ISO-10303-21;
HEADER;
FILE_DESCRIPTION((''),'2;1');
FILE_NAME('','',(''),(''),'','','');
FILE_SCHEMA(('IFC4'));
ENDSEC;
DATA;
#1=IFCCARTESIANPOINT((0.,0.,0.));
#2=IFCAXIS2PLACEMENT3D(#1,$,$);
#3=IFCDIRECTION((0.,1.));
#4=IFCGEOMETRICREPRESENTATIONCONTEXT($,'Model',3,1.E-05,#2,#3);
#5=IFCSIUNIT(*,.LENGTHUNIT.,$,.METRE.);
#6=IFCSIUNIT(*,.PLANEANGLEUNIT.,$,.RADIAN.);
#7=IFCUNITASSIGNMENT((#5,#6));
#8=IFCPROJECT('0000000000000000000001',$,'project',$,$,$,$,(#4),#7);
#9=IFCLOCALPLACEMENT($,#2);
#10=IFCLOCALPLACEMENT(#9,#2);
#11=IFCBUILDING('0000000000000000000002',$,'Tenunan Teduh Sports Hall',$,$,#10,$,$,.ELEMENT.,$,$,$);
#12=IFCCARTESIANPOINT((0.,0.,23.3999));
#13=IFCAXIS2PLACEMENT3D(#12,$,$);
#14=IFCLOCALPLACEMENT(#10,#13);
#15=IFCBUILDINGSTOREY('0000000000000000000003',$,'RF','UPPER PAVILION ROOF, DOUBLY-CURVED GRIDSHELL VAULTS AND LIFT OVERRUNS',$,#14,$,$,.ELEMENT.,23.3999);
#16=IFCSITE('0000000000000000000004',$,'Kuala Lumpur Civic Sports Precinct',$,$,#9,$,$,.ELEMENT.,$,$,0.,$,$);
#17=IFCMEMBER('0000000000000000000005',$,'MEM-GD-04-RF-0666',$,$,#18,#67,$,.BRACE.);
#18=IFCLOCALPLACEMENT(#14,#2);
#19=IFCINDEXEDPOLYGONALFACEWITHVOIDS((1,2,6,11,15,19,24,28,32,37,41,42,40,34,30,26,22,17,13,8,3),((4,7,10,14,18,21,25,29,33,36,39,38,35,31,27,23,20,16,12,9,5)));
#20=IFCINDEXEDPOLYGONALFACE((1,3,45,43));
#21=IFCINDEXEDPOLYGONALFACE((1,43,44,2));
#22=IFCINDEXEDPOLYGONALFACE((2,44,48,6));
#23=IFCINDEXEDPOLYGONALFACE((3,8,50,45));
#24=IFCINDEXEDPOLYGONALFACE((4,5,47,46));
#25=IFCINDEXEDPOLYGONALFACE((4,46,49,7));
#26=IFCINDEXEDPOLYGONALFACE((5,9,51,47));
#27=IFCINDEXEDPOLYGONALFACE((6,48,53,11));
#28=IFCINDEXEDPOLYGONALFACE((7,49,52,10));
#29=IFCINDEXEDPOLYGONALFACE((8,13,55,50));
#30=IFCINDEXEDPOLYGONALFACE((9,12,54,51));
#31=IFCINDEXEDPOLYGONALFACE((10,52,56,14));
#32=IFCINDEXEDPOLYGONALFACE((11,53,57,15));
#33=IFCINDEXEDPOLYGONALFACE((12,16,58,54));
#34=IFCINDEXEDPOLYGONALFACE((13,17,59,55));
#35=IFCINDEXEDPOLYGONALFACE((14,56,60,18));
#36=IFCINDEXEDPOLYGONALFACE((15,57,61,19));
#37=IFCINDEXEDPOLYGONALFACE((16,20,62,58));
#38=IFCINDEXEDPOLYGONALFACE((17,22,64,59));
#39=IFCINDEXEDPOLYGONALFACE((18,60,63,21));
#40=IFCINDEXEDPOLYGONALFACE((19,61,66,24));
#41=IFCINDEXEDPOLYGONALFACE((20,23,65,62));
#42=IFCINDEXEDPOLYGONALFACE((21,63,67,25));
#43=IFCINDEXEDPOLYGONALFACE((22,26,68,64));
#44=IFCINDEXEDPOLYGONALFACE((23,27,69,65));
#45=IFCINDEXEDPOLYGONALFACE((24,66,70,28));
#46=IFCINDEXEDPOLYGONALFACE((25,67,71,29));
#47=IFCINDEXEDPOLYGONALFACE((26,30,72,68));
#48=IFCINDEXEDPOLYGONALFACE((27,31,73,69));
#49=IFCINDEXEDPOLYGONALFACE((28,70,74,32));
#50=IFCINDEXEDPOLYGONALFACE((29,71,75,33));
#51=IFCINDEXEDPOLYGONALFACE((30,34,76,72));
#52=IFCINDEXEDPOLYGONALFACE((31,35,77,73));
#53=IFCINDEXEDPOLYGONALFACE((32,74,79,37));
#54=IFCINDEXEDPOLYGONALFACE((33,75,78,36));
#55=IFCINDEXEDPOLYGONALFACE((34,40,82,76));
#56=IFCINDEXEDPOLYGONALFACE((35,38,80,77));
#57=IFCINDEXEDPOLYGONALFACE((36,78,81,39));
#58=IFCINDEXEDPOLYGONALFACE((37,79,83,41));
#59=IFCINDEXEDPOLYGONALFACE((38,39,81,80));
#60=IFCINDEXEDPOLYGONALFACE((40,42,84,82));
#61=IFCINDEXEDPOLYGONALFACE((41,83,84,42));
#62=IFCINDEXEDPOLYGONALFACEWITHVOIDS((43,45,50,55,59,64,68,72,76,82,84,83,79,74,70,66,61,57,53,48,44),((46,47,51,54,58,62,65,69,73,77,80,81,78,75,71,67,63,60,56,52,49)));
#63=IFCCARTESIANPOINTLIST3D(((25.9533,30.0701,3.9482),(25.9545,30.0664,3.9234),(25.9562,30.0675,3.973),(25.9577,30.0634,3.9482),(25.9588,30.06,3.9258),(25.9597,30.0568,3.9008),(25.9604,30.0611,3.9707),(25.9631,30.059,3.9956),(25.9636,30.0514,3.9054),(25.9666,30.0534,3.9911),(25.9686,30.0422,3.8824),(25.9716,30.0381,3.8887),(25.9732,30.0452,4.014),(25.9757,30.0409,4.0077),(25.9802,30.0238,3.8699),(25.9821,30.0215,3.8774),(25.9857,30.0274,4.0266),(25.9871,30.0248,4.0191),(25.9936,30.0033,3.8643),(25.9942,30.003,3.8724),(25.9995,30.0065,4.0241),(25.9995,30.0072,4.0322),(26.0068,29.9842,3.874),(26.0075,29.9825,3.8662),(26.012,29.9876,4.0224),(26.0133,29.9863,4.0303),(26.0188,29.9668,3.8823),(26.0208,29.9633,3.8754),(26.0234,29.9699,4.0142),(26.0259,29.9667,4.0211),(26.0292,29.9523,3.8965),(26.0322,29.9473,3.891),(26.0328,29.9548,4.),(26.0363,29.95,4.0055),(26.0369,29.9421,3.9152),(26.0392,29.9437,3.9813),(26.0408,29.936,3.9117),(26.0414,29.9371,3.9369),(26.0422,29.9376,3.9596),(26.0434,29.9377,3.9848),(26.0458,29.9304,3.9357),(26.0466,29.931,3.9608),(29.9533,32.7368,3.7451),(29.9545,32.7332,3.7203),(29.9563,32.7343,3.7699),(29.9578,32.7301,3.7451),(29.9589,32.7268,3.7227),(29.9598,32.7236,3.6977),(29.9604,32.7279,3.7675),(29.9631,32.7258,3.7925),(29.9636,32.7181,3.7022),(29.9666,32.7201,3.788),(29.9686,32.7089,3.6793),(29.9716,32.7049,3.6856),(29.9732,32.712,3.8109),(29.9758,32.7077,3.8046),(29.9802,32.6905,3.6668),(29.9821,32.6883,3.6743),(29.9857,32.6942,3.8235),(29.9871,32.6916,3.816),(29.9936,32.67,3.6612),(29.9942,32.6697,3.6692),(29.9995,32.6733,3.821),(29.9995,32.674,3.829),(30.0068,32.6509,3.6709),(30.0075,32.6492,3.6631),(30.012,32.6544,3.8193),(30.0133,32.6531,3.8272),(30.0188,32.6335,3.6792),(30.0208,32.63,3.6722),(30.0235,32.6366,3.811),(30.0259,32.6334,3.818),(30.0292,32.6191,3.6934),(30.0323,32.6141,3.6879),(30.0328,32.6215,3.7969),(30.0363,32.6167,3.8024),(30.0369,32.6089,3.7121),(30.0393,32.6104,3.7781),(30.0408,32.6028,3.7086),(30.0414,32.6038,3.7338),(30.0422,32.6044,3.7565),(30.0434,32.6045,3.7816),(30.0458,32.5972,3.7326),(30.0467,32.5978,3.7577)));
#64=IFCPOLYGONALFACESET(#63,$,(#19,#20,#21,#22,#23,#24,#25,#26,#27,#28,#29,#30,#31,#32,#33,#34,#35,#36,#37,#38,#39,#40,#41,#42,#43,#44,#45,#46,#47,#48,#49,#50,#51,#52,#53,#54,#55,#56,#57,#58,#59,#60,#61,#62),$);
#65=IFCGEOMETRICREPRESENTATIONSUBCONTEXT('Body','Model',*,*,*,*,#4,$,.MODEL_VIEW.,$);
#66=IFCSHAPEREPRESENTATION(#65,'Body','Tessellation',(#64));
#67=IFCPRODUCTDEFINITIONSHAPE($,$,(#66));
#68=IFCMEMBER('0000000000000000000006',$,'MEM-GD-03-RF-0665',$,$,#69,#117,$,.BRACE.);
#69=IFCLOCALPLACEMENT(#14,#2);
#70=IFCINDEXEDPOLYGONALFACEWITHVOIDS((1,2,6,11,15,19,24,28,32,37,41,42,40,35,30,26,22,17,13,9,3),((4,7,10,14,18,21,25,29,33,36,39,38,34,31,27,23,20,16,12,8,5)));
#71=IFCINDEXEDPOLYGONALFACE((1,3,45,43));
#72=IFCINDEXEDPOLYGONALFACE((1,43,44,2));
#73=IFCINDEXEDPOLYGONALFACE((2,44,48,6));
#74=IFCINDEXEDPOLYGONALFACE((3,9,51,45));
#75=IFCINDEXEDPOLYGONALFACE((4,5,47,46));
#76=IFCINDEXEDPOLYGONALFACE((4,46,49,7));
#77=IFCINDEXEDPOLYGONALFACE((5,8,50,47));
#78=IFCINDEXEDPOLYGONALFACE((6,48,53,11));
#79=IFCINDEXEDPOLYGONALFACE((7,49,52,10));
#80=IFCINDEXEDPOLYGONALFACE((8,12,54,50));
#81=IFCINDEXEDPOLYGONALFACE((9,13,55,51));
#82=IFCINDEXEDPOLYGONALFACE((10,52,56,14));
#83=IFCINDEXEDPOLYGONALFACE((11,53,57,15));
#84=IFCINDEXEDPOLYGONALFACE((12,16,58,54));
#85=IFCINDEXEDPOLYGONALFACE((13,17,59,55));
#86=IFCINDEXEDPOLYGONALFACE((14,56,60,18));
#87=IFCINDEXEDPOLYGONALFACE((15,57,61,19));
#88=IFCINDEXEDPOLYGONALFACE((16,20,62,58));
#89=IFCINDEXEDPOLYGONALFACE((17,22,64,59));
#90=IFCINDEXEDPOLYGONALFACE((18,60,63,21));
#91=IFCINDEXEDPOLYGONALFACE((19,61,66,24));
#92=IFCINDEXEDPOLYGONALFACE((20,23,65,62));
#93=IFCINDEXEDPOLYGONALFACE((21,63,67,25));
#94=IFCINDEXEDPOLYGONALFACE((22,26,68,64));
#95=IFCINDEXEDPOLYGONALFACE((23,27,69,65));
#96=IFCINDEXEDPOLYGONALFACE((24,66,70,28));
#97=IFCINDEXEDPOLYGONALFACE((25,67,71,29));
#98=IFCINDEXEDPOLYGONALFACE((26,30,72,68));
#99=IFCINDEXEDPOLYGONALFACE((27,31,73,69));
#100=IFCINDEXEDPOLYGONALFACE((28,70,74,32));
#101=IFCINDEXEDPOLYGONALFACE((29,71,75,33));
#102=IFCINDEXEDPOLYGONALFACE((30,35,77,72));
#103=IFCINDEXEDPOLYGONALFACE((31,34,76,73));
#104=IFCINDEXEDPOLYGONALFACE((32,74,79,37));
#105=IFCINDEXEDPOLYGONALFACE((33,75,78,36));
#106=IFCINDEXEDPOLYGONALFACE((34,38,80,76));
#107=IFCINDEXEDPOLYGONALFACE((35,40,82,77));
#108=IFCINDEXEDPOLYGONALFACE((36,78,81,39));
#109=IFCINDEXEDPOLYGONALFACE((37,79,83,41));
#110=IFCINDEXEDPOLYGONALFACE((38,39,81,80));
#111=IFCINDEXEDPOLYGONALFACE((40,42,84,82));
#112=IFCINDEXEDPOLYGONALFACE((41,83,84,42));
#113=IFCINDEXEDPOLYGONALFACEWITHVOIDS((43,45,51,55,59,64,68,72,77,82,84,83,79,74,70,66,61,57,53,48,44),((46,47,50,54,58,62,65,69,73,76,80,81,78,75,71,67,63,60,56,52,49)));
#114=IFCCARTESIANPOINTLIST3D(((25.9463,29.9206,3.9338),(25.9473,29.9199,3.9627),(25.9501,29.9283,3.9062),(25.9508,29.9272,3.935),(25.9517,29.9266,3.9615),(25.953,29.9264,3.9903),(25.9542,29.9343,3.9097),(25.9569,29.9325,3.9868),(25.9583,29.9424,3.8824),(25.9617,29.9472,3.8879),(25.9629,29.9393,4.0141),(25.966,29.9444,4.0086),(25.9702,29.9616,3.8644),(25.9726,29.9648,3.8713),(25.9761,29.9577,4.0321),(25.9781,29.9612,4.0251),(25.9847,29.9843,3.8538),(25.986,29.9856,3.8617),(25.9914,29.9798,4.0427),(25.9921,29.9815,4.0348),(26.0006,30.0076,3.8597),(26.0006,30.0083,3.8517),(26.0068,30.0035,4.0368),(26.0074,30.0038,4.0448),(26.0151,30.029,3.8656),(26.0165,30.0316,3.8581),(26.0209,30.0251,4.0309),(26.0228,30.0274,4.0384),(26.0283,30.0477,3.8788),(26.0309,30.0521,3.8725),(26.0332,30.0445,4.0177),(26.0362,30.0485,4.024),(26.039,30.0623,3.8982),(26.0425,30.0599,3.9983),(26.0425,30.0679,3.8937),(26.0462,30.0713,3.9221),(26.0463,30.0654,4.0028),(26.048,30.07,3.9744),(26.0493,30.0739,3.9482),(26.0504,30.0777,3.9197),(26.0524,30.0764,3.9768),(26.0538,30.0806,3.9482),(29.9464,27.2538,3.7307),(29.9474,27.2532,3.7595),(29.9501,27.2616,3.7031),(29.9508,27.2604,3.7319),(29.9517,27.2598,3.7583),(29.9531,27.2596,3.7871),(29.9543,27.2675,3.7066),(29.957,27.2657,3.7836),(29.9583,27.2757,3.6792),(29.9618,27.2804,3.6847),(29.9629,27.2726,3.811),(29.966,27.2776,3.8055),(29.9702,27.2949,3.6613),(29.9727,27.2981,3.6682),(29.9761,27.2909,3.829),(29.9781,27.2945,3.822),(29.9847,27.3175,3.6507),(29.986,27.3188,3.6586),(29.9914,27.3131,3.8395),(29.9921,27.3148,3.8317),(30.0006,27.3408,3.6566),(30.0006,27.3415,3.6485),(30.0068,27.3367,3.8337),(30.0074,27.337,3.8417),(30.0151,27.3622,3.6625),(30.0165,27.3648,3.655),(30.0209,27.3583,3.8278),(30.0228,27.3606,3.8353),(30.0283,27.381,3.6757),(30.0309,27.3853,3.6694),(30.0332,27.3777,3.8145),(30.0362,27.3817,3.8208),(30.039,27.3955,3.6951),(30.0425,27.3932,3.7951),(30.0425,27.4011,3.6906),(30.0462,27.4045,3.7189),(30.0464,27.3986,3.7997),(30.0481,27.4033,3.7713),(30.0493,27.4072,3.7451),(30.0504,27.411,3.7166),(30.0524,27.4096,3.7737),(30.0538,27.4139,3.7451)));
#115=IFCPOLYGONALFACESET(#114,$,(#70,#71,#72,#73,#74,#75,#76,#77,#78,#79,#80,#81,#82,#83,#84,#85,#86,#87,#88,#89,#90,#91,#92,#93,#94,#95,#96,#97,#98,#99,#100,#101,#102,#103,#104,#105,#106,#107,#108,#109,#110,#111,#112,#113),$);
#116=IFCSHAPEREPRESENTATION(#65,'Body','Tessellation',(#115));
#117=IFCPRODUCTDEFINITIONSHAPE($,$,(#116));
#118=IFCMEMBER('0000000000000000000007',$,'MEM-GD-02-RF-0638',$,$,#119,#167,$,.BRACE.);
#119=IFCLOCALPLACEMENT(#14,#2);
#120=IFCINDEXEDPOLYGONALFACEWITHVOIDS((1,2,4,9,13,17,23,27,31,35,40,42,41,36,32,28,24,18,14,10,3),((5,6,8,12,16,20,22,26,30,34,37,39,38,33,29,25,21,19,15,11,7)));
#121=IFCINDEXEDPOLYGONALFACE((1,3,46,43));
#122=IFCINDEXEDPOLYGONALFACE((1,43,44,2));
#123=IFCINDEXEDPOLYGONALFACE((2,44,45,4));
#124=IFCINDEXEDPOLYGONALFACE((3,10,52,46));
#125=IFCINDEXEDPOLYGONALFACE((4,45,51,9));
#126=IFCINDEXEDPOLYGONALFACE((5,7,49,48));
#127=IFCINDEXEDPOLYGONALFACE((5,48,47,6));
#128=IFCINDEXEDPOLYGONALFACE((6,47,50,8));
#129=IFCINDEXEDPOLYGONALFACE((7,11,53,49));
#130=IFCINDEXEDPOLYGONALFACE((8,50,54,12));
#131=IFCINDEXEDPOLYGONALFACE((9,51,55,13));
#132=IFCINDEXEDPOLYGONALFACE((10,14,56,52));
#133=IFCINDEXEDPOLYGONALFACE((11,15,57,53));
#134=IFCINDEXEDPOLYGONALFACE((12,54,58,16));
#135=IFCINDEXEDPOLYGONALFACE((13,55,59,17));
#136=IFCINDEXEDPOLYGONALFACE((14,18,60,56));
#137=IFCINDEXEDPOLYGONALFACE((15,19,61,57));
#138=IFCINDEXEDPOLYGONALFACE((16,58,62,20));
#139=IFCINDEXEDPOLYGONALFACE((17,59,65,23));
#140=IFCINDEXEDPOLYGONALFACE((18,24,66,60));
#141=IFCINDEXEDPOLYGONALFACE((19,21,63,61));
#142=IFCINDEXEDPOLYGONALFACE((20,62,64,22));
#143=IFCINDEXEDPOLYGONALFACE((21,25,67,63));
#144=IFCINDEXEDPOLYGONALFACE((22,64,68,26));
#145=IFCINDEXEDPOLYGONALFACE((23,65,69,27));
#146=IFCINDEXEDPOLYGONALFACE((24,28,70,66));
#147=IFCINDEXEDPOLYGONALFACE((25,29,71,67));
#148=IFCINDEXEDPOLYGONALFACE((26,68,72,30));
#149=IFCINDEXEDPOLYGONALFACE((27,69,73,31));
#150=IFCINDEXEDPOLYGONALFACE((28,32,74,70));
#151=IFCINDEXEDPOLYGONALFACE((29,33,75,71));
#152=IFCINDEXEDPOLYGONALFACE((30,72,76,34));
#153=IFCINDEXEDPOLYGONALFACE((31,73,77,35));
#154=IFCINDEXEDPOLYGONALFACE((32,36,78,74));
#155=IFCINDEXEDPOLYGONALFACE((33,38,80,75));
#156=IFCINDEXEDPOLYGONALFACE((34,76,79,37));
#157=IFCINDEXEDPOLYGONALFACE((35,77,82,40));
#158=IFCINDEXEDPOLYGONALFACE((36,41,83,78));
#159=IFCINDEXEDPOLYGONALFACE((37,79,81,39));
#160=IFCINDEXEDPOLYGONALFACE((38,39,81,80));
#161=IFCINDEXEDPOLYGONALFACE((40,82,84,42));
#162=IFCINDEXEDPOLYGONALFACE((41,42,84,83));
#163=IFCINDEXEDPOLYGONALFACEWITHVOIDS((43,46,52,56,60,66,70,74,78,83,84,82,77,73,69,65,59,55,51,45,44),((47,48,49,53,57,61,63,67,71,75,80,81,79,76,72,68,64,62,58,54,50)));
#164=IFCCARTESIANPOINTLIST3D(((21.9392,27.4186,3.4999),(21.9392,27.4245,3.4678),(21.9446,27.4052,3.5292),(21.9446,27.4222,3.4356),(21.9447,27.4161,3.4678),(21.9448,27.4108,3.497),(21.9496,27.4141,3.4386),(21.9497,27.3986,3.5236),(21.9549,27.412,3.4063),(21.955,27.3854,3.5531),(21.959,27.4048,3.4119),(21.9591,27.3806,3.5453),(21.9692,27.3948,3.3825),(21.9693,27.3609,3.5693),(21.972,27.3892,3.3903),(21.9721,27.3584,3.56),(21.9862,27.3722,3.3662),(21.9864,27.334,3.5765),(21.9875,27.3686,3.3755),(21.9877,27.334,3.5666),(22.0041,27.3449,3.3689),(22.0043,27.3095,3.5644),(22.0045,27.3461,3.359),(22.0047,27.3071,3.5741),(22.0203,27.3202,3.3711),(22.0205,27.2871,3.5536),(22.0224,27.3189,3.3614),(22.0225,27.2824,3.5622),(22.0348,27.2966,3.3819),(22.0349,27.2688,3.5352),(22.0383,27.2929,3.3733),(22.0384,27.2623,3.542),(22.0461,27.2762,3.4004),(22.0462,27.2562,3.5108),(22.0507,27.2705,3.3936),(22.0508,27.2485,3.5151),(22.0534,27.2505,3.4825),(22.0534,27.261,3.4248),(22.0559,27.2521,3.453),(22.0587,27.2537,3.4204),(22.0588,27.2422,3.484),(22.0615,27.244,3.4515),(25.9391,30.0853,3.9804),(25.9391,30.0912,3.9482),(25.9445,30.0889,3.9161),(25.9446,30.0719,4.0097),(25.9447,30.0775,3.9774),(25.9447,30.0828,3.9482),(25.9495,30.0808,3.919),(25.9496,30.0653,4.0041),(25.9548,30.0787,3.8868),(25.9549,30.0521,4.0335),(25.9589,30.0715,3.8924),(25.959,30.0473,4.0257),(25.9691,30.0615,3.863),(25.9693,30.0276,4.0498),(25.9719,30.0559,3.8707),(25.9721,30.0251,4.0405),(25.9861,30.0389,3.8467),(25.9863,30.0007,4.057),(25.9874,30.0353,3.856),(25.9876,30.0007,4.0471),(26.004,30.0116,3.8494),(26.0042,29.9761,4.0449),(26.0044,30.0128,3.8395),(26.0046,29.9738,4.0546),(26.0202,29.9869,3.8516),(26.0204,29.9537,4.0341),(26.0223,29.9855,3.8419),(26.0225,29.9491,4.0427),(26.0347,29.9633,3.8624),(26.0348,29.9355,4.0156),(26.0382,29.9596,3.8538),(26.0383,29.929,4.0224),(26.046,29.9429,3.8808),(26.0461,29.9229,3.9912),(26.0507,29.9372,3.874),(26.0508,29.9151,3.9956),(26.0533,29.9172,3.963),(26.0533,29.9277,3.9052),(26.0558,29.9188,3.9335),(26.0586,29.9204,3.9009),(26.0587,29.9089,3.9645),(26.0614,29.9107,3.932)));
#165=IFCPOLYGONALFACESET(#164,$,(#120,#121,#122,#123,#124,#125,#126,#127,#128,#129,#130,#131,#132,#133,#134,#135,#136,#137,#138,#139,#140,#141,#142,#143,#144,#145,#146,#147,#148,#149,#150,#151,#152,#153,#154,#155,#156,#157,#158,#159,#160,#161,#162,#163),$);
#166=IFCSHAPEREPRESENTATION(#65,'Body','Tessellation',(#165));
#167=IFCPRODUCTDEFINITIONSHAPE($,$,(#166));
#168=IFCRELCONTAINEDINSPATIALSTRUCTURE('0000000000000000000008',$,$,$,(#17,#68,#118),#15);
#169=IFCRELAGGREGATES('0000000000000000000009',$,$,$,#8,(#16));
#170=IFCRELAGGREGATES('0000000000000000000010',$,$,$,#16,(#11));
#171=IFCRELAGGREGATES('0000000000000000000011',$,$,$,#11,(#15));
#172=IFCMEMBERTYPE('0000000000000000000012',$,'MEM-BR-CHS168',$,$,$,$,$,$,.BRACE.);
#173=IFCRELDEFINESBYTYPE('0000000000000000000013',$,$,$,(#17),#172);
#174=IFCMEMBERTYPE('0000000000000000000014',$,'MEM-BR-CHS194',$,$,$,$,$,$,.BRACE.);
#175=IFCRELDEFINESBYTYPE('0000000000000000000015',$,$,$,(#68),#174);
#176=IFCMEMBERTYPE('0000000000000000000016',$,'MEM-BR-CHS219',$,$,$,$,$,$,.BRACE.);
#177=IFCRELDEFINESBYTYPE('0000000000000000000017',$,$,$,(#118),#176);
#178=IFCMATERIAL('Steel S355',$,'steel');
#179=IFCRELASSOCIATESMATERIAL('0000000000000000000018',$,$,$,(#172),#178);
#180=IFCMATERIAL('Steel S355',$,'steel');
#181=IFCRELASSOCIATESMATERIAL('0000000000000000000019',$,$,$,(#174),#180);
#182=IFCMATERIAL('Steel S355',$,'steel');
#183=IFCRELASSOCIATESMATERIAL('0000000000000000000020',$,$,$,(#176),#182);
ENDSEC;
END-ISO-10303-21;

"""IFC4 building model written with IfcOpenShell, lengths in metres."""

from ifc_helpers import new_model, si_unit, direction, frame, origin, origin_2d, place, context, subcontext, project, spatial, hollow_circle, extrude, material, material_profile, profile_set, type_object, element, save


model = new_model("IFC4")

# Units and contexts
model_context = context("Model", 3, precision=1e-05, world=origin(), true_north=direction((0.0, 1.0)))
body_context = subcontext(model_context, "Body", "Model", "MODEL_VIEW")
ifc_project = project(units=[si_unit("LENGTHUNIT", "METRE"), si_unit("PLANEANGLEUNIT", "RADIAN")], contexts=[model_context])

# Site, building, storey
site_placement = place(None, origin())
site = spatial("IfcSite", under=ifc_project, at=site_placement, Name="Kuala Lumpur Civic Sports Precinct", CompositionType="ELEMENT", RefElevation=0.0)
building_placement = place(site_placement, origin())
building = spatial("IfcBuilding", under=site, at=building_placement, Name="Tenunan Teduh Sports Hall", CompositionType="ELEMENT")
storey_placement = place(building_placement, frame((0.0, 0.0, 23.3999)))
storey = spatial("IfcBuildingStorey", under=building, at=storey_placement, Name="RF", Description="UPPER PAVILION ROOF, DOUBLY-CURVED GRIDSHELL VAULTS AND LIFT OVERRUNS", CompositionType="ELEMENT", Elevation=23.3999)

# Members
ifc_material_1 = material(Name="Steel S355", Category="steel")
ifc_material_profile_1 = material_profile(ifc_material_1, hollow_circle(Radius=0.0842, WallThickness=0.0081, at=origin_2d()), Name="CHS 168.3x8.0")
ifc_profile_set_1 = profile_set([ifc_material_profile_1], Name="Steel S355")
member_type_1 = type_object("IfcMemberType", Name="MEM-BR-CHS168", PredefinedType="BRACE", material=ifc_profile_set_1)
member_1_placement = place(storey_placement, frame((26.0, 30.0, 3.9482), z_axis=(0.831301, 0.554217, -0.042214), x_axis=(-0.554712, 0.832042, 0.0)))
element("IfcMember", 1, at=member_1_placement, inside=storey, type_object=member_type_1, Name="MEM-GD-04-RF-0666", PredefinedType="BRACE", context=body_context, shape_type="SweptSolid", body=[
    extrude(hollow_circle(Radius=0.0842, WallThickness=0.0081, at=origin_2d()), origin(), (0.0, 0.0, 1.0), 4.8118),
])
ifc_material_2 = material(Name="Steel S355", Category="steel")
ifc_material_profile_2 = material_profile(ifc_material_2, hollow_circle(Radius=0.0969, WallThickness=0.0081, at=origin_2d()), Name="CHS 193.7x8.0")
ifc_profile_set_2 = profile_set([ifc_material_profile_2], Name="Steel S355")
member_type_2 = type_object("IfcMemberType", Name="MEM-BR-CHS194", PredefinedType="BRACE", material=ifc_profile_set_2)
member_2_placement = place(storey_placement, frame((26.0, 30.0, 3.9482), z_axis=(0.831301, -0.554217, -0.042214), x_axis=(0.554712, 0.832042, 0.0)))
element("IfcMember", 2, at=member_2_placement, inside=storey, type_object=member_type_2, Name="MEM-GD-03-RF-0665", PredefinedType="BRACE", context=body_context, shape_type="SweptSolid", body=[
    extrude(hollow_circle(Radius=0.0969, WallThickness=0.0081, at=origin_2d()), origin(), (0.0, 0.0, 1.0), 4.8118),
])
ifc_material_3 = material(Name="Steel S355", Category="steel")
ifc_material_profile_3 = material_profile(ifc_material_3, hollow_circle(Radius=0.1096, WallThickness=0.01, at=origin_2d()), Name="CHS 219.1x10.0")
ifc_profile_set_3 = profile_set([ifc_material_profile_3], Name="Steel S355")
member_type_3 = type_object("IfcMemberType", Name="MEM-BR-CHS219", PredefinedType="BRACE", material=ifc_profile_set_3)
member_3_placement = place(storey_placement, frame((22.0, 27.3333, 3.4678), z_axis=(0.827918, 0.551962, 0.099447), x_axis=(-0.554712, 0.832042, 0.0)))
element("IfcMember", 3, at=member_3_placement, inside=storey, type_object=member_type_3, Name="MEM-GD-02-RF-0638", PredefinedType="BRACE", context=body_context, shape_type="SweptSolid", body=[
    extrude(hollow_circle(Radius=0.1096, WallThickness=0.01, at=origin_2d()), origin(), (0.0, 0.0, 1.0), 4.8313),
])

save(model, "model.ifc")
